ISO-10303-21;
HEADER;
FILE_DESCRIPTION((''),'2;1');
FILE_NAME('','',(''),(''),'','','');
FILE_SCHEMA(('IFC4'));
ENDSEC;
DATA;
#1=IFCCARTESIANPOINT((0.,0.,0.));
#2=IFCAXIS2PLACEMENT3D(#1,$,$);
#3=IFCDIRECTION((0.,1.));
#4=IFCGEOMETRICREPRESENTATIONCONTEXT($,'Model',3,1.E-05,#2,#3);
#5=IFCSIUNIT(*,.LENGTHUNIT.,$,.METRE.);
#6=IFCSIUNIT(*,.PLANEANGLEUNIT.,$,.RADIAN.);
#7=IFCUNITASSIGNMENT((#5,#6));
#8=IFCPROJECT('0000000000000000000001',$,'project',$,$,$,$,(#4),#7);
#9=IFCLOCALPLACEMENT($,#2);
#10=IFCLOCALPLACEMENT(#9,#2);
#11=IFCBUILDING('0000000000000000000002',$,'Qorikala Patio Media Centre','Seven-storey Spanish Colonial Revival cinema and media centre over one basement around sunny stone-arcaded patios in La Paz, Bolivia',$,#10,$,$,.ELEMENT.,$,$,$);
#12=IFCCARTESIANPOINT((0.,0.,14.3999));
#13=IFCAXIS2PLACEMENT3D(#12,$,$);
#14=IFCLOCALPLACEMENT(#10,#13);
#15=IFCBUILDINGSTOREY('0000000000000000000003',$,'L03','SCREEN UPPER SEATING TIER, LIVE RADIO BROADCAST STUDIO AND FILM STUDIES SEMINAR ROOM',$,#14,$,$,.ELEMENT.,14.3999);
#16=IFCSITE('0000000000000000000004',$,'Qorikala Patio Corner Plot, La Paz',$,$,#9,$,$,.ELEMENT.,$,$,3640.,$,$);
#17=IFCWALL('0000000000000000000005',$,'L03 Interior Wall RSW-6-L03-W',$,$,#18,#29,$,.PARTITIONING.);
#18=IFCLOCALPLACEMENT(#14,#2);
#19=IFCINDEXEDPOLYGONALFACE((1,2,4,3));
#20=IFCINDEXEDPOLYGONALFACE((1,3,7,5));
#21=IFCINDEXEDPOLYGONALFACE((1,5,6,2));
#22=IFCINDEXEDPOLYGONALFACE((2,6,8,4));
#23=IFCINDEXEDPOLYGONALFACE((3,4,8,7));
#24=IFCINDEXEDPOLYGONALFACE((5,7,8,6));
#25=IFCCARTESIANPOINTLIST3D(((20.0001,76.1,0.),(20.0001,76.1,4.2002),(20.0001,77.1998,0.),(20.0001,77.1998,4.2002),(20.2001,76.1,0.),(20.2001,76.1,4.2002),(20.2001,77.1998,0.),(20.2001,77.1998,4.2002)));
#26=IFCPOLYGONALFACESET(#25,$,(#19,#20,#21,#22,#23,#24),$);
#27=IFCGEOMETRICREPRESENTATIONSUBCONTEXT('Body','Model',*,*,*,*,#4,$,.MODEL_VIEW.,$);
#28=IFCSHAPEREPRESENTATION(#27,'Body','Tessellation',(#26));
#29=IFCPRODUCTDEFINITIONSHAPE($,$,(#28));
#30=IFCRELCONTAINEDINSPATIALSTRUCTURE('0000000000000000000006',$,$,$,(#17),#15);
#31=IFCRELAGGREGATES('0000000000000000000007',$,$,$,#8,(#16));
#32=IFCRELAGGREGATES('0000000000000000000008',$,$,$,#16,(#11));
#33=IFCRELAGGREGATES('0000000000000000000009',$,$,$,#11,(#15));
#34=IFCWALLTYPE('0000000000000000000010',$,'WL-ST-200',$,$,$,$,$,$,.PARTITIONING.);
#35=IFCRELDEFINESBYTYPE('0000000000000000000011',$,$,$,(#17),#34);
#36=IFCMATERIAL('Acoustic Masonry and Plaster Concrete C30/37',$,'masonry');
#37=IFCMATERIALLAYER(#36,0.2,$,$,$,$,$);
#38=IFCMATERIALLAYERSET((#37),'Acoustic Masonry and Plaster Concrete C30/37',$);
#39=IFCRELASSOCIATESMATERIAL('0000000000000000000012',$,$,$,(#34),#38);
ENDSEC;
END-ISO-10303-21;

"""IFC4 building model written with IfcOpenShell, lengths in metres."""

from ifc_helpers import new_model, si_unit, direction, frame, frame_2d, origin, place, context, subcontext, project, spatial, rectangle, extrude, material, layer, layer_set, type_object, element, save


model = new_model("IFC4")

# Units and contexts
model_context = context("Model", 3, precision=1e-05, world=origin(), true_north=direction((0.0, 1.0)))
body_context = subcontext(model_context, "Body", "Model", "MODEL_VIEW")
ifc_project = project(units=[si_unit("LENGTHUNIT", "METRE"), si_unit("PLANEANGLEUNIT", "RADIAN")], contexts=[model_context])

# Site, building, storey
site_placement = place(None, origin())
site = spatial("IfcSite", under=ifc_project, at=site_placement, Name="Qorikala Patio Corner Plot, La Paz", CompositionType="ELEMENT", RefElevation=3640.0)
building_placement = place(site_placement, origin())
building = spatial("IfcBuilding", under=site, at=building_placement, Name="Qorikala Patio Media Centre", Description="Seven-storey Spanish Colonial Revival cinema and media centre over one basement around sunny stone-arcaded patios in La Paz, Bolivia", CompositionType="ELEMENT")
storey_placement = place(building_placement, frame((0.0, 0.0, 14.3999)))
storey = spatial("IfcBuildingStorey", under=building, at=storey_placement, Name="L03", Description="SCREEN UPPER SEATING TIER, LIVE RADIO BROADCAST STUDIO AND FILM STUDIES SEMINAR ROOM", CompositionType="ELEMENT", Elevation=14.3999)

# Wall
ifc_material_1 = material(Name="Acoustic Masonry and Plaster Concrete C30/37", Category="masonry")
ifc_layer_1 = layer(ifc_material_1, 0.2)
ifc_layer_set_1 = layer_set([ifc_layer_1], Name="Acoustic Masonry and Plaster Concrete C30/37")
wall_type_1 = type_object("IfcWallType", Name="WL-ST-200", PredefinedType="PARTITIONING", material=ifc_layer_set_1)
for number, where, z_axis, x_axis, name in (
    (1, (20.1001, 76.1001, 0.0), (0.0, 0.0, 1.0), (0.0, 1.0, 0.0), "L03 Interior Wall RSW-6-L03-W"),
):
    element("IfcWall", number, at=place(storey_placement, frame(where, z_axis=z_axis, x_axis=x_axis)), inside=storey, type_object=wall_type_1, Name=name, PredefinedType="PARTITIONING", context=body_context, shape_type="SweptSolid", body=[
        extrude(rectangle(XDim=1.0999, YDim=0.2, at=frame_2d((0.5498, 0.0))), origin(), (0.0, 0.0, 1.0), 4.2002),
    ])

save(model, "model.ifc")
